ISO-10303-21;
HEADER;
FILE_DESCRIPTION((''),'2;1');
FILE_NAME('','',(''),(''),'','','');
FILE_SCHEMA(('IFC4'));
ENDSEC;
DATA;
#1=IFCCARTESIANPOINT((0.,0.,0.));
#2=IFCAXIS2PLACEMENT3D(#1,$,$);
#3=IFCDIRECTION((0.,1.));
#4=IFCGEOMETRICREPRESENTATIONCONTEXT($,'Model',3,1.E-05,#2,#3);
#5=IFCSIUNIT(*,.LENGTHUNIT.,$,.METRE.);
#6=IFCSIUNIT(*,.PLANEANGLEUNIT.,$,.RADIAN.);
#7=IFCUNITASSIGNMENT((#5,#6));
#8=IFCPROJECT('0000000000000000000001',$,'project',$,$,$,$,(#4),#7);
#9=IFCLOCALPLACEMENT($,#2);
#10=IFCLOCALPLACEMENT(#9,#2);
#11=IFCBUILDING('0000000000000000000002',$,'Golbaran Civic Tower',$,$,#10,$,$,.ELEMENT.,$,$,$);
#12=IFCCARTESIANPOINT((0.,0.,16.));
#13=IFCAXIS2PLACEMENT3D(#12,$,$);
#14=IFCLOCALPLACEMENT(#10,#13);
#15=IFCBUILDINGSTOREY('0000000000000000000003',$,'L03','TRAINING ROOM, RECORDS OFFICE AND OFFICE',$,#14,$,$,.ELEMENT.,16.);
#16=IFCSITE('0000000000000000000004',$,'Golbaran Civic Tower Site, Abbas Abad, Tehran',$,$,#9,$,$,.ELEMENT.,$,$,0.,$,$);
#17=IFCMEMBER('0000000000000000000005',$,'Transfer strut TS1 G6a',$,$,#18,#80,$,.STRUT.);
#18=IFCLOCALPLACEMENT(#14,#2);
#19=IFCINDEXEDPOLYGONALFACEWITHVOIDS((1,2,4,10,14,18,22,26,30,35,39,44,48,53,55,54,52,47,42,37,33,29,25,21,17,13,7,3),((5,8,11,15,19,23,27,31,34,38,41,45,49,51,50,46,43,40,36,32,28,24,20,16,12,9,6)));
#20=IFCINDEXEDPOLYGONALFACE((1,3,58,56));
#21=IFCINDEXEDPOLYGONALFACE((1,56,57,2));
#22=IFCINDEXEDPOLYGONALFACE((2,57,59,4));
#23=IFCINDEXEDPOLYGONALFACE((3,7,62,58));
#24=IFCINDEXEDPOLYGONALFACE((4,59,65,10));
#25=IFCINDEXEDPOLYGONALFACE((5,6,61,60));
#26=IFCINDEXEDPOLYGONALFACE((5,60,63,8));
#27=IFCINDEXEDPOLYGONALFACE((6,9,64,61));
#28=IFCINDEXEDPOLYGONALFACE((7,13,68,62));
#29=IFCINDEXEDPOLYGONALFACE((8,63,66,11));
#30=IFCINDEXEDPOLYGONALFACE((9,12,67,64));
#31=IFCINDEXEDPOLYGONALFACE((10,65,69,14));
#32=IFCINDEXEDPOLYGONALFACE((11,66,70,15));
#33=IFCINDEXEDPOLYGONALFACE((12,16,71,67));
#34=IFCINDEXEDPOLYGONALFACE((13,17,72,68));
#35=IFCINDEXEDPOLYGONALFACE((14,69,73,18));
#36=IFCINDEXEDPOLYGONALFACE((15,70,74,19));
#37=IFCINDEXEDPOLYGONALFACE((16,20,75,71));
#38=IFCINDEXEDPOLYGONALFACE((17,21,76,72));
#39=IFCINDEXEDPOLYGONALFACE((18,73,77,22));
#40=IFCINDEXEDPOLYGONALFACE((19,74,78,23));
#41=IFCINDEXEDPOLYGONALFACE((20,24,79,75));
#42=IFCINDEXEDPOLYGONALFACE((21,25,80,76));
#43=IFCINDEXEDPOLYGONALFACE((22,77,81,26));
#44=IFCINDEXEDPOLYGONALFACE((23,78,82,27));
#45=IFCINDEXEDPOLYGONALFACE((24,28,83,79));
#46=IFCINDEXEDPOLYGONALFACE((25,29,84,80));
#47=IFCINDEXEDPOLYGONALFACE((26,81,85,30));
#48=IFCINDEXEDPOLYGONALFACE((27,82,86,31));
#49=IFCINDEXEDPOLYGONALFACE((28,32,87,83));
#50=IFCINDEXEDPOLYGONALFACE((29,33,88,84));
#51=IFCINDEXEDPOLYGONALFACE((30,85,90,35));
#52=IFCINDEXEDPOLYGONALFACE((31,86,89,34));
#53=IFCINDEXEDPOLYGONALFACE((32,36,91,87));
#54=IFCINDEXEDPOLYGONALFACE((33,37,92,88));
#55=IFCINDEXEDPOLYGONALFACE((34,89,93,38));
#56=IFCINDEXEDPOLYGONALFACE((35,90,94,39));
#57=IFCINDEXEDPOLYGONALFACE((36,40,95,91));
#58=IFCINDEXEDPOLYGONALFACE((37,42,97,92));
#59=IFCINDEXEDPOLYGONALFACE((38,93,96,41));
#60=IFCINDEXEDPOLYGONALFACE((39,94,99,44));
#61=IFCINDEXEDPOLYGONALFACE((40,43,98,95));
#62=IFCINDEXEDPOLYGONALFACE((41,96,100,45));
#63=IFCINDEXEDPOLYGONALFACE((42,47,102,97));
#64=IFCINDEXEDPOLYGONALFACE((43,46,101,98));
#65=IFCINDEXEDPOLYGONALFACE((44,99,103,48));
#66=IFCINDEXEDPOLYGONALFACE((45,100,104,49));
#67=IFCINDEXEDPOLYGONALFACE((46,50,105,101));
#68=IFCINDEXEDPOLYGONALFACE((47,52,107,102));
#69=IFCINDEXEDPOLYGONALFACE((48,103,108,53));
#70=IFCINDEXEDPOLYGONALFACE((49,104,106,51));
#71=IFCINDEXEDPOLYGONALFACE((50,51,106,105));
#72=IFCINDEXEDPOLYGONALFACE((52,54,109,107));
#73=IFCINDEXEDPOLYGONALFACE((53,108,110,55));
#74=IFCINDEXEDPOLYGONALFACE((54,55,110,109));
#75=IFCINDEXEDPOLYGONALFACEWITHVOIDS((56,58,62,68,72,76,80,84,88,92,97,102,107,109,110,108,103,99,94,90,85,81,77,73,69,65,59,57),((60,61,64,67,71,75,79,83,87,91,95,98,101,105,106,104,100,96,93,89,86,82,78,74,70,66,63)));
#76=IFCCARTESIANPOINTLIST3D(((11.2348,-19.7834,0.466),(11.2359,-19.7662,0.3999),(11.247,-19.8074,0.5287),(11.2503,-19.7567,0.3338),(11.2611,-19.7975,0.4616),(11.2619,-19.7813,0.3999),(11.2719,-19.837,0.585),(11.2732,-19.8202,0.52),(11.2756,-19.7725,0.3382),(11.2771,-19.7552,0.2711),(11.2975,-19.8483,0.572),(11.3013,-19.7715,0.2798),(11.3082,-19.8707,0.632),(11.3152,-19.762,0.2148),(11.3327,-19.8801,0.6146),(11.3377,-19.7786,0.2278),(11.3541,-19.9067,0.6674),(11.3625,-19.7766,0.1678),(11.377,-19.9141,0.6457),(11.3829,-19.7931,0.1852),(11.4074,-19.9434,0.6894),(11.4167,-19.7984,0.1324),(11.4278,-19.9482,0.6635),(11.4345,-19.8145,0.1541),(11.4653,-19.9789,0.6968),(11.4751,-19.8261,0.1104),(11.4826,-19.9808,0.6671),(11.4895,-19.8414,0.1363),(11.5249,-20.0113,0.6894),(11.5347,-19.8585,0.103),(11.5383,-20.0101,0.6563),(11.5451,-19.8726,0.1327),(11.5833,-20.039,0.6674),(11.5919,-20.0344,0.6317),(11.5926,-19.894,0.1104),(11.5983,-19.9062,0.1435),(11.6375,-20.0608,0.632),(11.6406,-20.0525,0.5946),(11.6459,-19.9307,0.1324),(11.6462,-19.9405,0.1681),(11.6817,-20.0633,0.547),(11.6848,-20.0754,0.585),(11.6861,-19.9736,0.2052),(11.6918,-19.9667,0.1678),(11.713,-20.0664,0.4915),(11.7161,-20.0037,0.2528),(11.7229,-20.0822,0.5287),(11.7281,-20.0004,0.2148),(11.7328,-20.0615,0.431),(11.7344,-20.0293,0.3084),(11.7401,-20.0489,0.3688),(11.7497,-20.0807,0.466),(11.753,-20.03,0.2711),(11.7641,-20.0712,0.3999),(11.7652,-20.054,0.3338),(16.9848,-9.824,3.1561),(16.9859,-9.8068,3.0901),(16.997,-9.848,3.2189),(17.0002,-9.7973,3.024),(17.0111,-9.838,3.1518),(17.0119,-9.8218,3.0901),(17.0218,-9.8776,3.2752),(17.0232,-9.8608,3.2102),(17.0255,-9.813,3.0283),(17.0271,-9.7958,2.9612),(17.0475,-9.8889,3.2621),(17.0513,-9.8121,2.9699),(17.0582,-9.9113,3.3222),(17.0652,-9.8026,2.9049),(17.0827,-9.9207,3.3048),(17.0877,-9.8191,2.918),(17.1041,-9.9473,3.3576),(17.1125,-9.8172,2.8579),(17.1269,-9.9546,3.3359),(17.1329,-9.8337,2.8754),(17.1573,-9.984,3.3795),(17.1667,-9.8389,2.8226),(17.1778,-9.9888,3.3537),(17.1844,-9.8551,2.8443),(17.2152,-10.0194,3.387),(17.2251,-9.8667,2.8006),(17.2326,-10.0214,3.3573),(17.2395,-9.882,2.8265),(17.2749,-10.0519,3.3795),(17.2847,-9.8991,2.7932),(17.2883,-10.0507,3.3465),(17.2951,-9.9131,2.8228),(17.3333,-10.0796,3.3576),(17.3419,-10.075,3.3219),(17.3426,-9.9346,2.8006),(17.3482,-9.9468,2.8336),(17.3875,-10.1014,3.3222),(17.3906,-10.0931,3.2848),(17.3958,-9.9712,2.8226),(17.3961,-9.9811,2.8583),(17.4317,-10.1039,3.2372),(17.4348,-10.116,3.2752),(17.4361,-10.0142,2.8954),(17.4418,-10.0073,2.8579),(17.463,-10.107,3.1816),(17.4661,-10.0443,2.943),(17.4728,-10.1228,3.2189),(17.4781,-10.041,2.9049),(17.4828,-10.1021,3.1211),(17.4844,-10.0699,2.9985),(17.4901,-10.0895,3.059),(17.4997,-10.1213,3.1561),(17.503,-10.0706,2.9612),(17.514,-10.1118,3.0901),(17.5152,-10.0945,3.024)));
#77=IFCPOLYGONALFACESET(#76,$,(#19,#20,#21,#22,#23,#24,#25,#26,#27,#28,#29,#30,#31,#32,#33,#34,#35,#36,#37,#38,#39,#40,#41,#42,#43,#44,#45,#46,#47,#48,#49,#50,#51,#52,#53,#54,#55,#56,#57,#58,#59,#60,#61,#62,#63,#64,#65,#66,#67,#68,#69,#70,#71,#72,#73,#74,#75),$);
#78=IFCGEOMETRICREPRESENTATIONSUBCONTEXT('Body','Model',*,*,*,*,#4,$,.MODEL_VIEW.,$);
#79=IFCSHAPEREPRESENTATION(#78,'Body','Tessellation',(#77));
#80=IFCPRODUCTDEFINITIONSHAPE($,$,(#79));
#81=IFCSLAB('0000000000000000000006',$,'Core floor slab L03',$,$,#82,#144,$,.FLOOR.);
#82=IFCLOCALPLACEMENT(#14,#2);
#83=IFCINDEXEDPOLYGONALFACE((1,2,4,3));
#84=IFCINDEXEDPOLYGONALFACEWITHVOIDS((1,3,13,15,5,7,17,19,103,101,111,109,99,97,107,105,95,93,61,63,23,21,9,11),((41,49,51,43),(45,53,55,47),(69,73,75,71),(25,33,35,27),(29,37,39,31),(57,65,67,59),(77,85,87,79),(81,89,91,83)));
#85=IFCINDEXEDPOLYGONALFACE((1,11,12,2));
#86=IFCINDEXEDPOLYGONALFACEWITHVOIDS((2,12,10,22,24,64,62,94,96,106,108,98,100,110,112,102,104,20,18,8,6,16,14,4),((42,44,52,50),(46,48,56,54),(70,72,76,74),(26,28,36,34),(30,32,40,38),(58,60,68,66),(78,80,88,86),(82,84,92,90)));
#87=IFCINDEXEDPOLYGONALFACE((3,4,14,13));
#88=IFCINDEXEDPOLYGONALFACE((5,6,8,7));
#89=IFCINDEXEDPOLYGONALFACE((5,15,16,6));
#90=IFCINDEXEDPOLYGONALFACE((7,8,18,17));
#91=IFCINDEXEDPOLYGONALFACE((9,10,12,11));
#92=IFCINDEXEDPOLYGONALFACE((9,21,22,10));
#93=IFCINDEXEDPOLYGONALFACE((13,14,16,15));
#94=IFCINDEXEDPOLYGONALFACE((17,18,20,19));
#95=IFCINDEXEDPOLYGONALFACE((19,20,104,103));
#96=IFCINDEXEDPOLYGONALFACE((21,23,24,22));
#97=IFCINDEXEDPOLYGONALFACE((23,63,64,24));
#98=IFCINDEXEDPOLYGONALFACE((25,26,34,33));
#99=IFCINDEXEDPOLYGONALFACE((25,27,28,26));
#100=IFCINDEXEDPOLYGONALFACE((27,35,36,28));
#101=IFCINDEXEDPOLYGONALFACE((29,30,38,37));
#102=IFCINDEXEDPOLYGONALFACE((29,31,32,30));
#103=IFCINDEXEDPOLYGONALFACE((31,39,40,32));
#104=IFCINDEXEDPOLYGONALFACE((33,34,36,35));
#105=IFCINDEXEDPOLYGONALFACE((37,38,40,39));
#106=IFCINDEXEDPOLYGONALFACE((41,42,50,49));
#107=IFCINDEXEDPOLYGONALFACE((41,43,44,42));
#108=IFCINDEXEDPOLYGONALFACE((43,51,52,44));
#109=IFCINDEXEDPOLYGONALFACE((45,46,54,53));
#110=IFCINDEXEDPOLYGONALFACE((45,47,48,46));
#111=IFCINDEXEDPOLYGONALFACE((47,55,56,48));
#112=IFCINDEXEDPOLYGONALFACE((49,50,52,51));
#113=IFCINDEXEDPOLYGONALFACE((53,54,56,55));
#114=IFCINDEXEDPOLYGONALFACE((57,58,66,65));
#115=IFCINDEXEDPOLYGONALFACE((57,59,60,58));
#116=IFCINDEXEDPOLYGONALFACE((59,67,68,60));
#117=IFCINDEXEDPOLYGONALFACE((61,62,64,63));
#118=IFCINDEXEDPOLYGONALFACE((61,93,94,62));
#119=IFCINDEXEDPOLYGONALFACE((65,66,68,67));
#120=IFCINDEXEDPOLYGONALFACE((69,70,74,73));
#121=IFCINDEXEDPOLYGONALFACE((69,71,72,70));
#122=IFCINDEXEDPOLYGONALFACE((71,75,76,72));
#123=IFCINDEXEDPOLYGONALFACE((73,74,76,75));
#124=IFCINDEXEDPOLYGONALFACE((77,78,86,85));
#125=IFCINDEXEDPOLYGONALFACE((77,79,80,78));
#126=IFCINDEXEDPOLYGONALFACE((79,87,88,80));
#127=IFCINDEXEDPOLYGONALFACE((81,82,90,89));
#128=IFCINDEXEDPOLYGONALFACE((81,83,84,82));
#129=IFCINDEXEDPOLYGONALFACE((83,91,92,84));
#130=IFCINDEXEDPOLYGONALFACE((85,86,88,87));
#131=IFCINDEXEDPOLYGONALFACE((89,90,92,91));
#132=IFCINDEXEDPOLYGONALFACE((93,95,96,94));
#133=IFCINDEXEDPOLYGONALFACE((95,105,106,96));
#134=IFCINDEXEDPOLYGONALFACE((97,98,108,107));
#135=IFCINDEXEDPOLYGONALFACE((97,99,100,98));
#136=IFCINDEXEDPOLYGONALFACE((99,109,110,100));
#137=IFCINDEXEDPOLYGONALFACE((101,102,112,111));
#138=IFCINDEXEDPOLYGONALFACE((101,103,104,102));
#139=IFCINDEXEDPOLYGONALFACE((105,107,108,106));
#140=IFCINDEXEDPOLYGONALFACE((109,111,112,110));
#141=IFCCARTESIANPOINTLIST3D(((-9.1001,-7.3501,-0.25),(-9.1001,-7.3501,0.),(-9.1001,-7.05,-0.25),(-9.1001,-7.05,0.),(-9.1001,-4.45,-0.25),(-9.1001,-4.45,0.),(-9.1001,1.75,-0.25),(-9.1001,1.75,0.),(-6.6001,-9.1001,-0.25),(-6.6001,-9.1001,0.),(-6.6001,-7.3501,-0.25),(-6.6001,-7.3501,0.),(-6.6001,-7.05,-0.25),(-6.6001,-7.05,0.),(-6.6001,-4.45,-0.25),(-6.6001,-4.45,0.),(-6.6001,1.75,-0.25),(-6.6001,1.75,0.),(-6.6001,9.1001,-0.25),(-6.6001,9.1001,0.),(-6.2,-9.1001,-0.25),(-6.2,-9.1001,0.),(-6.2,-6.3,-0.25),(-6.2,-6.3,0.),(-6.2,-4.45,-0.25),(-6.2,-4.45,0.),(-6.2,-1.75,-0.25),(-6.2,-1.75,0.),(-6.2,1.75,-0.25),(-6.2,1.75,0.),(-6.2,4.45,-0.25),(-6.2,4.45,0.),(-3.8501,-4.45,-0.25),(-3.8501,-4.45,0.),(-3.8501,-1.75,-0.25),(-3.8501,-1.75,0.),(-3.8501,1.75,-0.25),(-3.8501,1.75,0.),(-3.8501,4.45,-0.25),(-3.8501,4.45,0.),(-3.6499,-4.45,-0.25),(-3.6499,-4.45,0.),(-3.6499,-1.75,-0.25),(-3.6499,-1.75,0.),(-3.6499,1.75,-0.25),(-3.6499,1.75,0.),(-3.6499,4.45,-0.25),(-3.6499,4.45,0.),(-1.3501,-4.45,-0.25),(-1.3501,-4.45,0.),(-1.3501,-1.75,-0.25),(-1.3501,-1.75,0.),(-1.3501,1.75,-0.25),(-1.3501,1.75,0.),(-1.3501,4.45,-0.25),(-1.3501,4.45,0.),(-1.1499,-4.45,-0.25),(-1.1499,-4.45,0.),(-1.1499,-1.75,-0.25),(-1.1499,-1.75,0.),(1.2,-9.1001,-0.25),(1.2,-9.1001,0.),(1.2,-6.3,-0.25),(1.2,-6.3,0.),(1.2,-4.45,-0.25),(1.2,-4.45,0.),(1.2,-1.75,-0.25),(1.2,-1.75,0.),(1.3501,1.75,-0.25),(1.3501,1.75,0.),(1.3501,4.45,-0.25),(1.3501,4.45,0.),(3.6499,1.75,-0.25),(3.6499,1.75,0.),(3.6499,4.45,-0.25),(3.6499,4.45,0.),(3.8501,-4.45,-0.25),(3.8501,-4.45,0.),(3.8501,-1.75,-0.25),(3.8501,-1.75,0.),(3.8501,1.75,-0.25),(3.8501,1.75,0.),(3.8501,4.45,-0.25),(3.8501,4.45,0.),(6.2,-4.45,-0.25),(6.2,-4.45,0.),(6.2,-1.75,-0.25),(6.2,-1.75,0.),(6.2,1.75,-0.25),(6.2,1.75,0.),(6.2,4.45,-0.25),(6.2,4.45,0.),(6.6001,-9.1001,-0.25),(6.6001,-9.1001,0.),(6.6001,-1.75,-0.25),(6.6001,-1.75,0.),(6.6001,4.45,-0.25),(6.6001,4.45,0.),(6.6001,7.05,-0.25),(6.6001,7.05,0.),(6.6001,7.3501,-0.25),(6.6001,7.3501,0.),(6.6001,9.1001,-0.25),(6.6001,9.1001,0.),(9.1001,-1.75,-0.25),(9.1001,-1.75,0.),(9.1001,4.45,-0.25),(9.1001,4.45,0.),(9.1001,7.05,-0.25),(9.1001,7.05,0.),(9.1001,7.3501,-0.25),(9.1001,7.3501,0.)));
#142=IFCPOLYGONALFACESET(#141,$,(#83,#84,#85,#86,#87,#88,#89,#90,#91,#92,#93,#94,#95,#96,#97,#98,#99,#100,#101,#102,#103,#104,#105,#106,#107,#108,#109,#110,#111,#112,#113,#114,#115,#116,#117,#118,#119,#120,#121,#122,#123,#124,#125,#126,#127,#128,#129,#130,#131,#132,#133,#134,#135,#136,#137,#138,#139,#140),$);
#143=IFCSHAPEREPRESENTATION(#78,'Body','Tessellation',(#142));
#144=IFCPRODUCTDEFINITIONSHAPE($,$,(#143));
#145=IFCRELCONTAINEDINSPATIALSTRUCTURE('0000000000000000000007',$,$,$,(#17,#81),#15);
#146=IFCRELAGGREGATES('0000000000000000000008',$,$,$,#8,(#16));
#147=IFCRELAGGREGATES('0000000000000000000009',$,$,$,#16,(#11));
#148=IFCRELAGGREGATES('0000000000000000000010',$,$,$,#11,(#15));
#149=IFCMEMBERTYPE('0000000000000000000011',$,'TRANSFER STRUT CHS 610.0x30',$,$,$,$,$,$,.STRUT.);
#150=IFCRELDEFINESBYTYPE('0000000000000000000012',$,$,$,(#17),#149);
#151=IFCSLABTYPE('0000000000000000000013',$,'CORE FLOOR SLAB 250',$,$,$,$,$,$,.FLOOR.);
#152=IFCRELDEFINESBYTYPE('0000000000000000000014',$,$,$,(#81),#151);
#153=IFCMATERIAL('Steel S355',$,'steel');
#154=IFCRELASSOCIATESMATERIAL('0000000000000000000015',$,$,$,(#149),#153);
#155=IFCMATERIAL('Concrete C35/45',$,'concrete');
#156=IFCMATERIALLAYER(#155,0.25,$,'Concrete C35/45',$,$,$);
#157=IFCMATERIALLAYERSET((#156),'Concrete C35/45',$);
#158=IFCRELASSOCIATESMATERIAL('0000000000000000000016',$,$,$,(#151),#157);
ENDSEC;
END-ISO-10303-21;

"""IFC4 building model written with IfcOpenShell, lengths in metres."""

from ifc_helpers import new_model, si_unit, direction, frame, origin, origin_2d, place, context, subcontext, project, spatial, polyline, hollow_circle, outline, extrude, material, layer, layer_set, material_profile, profile_set, type_object, element, save


model = new_model("IFC4")

# Units and contexts
model_context = context("Model", 3, precision=1e-05, world=origin(), true_north=direction((0.0, 1.0)))
body_context = subcontext(model_context, "Body", "Model", "MODEL_VIEW")
ifc_project = project(units=[si_unit("LENGTHUNIT", "METRE"), si_unit("PLANEANGLEUNIT", "RADIAN")], contexts=[model_context])

# Site, building, storey
site_placement = place(None, origin())
site = spatial("IfcSite", under=ifc_project, at=site_placement, Name="Golbaran Civic Tower Site, Abbas Abad, Tehran", CompositionType="ELEMENT", RefElevation=0.0)
building_placement = place(site_placement, origin())
building = spatial("IfcBuilding", under=site, at=building_placement, Name="Golbaran Civic Tower", CompositionType="ELEMENT")
storey_placement = place(building_placement, frame((0.0, 0.0, 16.0)))
storey = spatial("IfcBuildingStorey", under=building, at=storey_placement, Name="L03", Description="TRAINING ROOM, RECORDS OFFICE AND OFFICE", CompositionType="ELEMENT", Elevation=16.0)

# Member
ifc_material_1 = material(Name="Steel S355", Category="steel")
ifc_material_profile = material_profile(ifc_material_1, hollow_circle(Radius=0.3049, WallThickness=0.03, at=origin_2d()), Name="CHS 610.0x30")
ifc_profile_set = profile_set([ifc_material_profile], Name="Steel S355")
member_type = type_object("IfcMemberType", Name="TRANSFER STRUT CHS 610.0x30", PredefinedType="STRUT", material=ifc_profile_set)
member_placement = place(storey_placement, frame((11.5, -19.9187, 0.3999), z_axis=(0.48685, 0.843264, 0.227777), x_axis=(-0.866029, 0.499993, 0.0)))
element("IfcMember", 1, at=member_placement, inside=storey, type_object=member_type, Name="Transfer strut TS1 G6a", PredefinedType="STRUT", context=body_context, shape_type="SweptSolid", body=[
    extrude(hollow_circle(Radius=0.3049, WallThickness=0.03, at=origin_2d()), origin(), (0.0, 0.0, 1.0), 11.8105),
])

# Slab
ifc_material_2 = material(Name="Concrete C35/45", Category="concrete")
ifc_layer_1 = layer(ifc_material_2, 0.25, Name="Concrete C35/45")
ifc_layer_set_1 = layer_set([ifc_layer_1], Name="Concrete C35/45")
slab_type_1 = type_object("IfcSlabType", Name="CORE FLOOR SLAB 250", PredefinedType="FLOOR", material=ifc_layer_set_1)
slab_1_placement = place(storey_placement, frame((0.0, 0.0, -0.25)))
element("IfcSlab", 2, at=slab_1_placement, inside=storey, type_object=slab_type_1, Name="Core floor slab L03", PredefinedType="FLOOR", context=body_context, shape_type="SweptSolid", body=[
    extrude(outline(polyline([(6.6001, -1.75), (6.6001, -9.1001), (1.2, -9.1001), (1.2, -6.3), (-6.2, -6.3), (-6.2, -9.1001), (-6.6001, -9.1001), (-6.6001, -7.3501), (-9.1001, -7.3501), (-9.1001, -7.05), (-6.6001, -7.05), (-6.6001, -4.45), (-9.1001, -4.45), (-9.1001, 1.75), (-6.6001, 1.75), (-6.6001, 9.1001), (6.6001, 9.1001), (6.6001, 7.3501), (9.1001, 7.3501), (9.1001, 7.05), (6.6001, 7.05), (6.6001, 4.45), (9.1001, 4.45), (9.1001, -1.75), (6.6001, -1.75)]), holes=[polyline([(6.2, -1.75), (3.8501, -1.75), (3.8501, -4.45), (6.2, -4.45), (6.2, -1.75)]), polyline([(6.2, 4.45), (3.8501, 4.45), (3.8501, 1.75), (6.2, 1.75), (6.2, 4.45)]), polyline([(3.6499, 4.45), (1.3501, 4.45), (1.3501, 1.75), (3.6499, 1.75), (3.6499, 4.45)]), polyline([(1.2, -1.75), (-1.1499, -1.75), (-1.1499, -4.45), (1.2, -4.45), (1.2, -1.75)]), polyline([(-1.3501, 4.45), (-3.6499, 4.45), (-3.6499, 1.75), (-1.3501, 1.75), (-1.3501, 4.45)]), polyline([(-1.3501, -1.75), (-3.6499, -1.75), (-3.6499, -4.45), (-1.3501, -4.45), (-1.3501, -1.75)]), polyline([(-3.8501, -1.75), (-6.2, -1.75), (-6.2, -4.45), (-3.8501, -4.45), (-3.8501, -1.75)]), polyline([(-3.8501, 4.45), (-6.2, 4.45), (-6.2, 1.75), (-3.8501, 1.75), (-3.8501, 4.45)])]), origin(), (0.0, 0.0, 1.0), 0.25),
])

save(model, "model.ifc")
